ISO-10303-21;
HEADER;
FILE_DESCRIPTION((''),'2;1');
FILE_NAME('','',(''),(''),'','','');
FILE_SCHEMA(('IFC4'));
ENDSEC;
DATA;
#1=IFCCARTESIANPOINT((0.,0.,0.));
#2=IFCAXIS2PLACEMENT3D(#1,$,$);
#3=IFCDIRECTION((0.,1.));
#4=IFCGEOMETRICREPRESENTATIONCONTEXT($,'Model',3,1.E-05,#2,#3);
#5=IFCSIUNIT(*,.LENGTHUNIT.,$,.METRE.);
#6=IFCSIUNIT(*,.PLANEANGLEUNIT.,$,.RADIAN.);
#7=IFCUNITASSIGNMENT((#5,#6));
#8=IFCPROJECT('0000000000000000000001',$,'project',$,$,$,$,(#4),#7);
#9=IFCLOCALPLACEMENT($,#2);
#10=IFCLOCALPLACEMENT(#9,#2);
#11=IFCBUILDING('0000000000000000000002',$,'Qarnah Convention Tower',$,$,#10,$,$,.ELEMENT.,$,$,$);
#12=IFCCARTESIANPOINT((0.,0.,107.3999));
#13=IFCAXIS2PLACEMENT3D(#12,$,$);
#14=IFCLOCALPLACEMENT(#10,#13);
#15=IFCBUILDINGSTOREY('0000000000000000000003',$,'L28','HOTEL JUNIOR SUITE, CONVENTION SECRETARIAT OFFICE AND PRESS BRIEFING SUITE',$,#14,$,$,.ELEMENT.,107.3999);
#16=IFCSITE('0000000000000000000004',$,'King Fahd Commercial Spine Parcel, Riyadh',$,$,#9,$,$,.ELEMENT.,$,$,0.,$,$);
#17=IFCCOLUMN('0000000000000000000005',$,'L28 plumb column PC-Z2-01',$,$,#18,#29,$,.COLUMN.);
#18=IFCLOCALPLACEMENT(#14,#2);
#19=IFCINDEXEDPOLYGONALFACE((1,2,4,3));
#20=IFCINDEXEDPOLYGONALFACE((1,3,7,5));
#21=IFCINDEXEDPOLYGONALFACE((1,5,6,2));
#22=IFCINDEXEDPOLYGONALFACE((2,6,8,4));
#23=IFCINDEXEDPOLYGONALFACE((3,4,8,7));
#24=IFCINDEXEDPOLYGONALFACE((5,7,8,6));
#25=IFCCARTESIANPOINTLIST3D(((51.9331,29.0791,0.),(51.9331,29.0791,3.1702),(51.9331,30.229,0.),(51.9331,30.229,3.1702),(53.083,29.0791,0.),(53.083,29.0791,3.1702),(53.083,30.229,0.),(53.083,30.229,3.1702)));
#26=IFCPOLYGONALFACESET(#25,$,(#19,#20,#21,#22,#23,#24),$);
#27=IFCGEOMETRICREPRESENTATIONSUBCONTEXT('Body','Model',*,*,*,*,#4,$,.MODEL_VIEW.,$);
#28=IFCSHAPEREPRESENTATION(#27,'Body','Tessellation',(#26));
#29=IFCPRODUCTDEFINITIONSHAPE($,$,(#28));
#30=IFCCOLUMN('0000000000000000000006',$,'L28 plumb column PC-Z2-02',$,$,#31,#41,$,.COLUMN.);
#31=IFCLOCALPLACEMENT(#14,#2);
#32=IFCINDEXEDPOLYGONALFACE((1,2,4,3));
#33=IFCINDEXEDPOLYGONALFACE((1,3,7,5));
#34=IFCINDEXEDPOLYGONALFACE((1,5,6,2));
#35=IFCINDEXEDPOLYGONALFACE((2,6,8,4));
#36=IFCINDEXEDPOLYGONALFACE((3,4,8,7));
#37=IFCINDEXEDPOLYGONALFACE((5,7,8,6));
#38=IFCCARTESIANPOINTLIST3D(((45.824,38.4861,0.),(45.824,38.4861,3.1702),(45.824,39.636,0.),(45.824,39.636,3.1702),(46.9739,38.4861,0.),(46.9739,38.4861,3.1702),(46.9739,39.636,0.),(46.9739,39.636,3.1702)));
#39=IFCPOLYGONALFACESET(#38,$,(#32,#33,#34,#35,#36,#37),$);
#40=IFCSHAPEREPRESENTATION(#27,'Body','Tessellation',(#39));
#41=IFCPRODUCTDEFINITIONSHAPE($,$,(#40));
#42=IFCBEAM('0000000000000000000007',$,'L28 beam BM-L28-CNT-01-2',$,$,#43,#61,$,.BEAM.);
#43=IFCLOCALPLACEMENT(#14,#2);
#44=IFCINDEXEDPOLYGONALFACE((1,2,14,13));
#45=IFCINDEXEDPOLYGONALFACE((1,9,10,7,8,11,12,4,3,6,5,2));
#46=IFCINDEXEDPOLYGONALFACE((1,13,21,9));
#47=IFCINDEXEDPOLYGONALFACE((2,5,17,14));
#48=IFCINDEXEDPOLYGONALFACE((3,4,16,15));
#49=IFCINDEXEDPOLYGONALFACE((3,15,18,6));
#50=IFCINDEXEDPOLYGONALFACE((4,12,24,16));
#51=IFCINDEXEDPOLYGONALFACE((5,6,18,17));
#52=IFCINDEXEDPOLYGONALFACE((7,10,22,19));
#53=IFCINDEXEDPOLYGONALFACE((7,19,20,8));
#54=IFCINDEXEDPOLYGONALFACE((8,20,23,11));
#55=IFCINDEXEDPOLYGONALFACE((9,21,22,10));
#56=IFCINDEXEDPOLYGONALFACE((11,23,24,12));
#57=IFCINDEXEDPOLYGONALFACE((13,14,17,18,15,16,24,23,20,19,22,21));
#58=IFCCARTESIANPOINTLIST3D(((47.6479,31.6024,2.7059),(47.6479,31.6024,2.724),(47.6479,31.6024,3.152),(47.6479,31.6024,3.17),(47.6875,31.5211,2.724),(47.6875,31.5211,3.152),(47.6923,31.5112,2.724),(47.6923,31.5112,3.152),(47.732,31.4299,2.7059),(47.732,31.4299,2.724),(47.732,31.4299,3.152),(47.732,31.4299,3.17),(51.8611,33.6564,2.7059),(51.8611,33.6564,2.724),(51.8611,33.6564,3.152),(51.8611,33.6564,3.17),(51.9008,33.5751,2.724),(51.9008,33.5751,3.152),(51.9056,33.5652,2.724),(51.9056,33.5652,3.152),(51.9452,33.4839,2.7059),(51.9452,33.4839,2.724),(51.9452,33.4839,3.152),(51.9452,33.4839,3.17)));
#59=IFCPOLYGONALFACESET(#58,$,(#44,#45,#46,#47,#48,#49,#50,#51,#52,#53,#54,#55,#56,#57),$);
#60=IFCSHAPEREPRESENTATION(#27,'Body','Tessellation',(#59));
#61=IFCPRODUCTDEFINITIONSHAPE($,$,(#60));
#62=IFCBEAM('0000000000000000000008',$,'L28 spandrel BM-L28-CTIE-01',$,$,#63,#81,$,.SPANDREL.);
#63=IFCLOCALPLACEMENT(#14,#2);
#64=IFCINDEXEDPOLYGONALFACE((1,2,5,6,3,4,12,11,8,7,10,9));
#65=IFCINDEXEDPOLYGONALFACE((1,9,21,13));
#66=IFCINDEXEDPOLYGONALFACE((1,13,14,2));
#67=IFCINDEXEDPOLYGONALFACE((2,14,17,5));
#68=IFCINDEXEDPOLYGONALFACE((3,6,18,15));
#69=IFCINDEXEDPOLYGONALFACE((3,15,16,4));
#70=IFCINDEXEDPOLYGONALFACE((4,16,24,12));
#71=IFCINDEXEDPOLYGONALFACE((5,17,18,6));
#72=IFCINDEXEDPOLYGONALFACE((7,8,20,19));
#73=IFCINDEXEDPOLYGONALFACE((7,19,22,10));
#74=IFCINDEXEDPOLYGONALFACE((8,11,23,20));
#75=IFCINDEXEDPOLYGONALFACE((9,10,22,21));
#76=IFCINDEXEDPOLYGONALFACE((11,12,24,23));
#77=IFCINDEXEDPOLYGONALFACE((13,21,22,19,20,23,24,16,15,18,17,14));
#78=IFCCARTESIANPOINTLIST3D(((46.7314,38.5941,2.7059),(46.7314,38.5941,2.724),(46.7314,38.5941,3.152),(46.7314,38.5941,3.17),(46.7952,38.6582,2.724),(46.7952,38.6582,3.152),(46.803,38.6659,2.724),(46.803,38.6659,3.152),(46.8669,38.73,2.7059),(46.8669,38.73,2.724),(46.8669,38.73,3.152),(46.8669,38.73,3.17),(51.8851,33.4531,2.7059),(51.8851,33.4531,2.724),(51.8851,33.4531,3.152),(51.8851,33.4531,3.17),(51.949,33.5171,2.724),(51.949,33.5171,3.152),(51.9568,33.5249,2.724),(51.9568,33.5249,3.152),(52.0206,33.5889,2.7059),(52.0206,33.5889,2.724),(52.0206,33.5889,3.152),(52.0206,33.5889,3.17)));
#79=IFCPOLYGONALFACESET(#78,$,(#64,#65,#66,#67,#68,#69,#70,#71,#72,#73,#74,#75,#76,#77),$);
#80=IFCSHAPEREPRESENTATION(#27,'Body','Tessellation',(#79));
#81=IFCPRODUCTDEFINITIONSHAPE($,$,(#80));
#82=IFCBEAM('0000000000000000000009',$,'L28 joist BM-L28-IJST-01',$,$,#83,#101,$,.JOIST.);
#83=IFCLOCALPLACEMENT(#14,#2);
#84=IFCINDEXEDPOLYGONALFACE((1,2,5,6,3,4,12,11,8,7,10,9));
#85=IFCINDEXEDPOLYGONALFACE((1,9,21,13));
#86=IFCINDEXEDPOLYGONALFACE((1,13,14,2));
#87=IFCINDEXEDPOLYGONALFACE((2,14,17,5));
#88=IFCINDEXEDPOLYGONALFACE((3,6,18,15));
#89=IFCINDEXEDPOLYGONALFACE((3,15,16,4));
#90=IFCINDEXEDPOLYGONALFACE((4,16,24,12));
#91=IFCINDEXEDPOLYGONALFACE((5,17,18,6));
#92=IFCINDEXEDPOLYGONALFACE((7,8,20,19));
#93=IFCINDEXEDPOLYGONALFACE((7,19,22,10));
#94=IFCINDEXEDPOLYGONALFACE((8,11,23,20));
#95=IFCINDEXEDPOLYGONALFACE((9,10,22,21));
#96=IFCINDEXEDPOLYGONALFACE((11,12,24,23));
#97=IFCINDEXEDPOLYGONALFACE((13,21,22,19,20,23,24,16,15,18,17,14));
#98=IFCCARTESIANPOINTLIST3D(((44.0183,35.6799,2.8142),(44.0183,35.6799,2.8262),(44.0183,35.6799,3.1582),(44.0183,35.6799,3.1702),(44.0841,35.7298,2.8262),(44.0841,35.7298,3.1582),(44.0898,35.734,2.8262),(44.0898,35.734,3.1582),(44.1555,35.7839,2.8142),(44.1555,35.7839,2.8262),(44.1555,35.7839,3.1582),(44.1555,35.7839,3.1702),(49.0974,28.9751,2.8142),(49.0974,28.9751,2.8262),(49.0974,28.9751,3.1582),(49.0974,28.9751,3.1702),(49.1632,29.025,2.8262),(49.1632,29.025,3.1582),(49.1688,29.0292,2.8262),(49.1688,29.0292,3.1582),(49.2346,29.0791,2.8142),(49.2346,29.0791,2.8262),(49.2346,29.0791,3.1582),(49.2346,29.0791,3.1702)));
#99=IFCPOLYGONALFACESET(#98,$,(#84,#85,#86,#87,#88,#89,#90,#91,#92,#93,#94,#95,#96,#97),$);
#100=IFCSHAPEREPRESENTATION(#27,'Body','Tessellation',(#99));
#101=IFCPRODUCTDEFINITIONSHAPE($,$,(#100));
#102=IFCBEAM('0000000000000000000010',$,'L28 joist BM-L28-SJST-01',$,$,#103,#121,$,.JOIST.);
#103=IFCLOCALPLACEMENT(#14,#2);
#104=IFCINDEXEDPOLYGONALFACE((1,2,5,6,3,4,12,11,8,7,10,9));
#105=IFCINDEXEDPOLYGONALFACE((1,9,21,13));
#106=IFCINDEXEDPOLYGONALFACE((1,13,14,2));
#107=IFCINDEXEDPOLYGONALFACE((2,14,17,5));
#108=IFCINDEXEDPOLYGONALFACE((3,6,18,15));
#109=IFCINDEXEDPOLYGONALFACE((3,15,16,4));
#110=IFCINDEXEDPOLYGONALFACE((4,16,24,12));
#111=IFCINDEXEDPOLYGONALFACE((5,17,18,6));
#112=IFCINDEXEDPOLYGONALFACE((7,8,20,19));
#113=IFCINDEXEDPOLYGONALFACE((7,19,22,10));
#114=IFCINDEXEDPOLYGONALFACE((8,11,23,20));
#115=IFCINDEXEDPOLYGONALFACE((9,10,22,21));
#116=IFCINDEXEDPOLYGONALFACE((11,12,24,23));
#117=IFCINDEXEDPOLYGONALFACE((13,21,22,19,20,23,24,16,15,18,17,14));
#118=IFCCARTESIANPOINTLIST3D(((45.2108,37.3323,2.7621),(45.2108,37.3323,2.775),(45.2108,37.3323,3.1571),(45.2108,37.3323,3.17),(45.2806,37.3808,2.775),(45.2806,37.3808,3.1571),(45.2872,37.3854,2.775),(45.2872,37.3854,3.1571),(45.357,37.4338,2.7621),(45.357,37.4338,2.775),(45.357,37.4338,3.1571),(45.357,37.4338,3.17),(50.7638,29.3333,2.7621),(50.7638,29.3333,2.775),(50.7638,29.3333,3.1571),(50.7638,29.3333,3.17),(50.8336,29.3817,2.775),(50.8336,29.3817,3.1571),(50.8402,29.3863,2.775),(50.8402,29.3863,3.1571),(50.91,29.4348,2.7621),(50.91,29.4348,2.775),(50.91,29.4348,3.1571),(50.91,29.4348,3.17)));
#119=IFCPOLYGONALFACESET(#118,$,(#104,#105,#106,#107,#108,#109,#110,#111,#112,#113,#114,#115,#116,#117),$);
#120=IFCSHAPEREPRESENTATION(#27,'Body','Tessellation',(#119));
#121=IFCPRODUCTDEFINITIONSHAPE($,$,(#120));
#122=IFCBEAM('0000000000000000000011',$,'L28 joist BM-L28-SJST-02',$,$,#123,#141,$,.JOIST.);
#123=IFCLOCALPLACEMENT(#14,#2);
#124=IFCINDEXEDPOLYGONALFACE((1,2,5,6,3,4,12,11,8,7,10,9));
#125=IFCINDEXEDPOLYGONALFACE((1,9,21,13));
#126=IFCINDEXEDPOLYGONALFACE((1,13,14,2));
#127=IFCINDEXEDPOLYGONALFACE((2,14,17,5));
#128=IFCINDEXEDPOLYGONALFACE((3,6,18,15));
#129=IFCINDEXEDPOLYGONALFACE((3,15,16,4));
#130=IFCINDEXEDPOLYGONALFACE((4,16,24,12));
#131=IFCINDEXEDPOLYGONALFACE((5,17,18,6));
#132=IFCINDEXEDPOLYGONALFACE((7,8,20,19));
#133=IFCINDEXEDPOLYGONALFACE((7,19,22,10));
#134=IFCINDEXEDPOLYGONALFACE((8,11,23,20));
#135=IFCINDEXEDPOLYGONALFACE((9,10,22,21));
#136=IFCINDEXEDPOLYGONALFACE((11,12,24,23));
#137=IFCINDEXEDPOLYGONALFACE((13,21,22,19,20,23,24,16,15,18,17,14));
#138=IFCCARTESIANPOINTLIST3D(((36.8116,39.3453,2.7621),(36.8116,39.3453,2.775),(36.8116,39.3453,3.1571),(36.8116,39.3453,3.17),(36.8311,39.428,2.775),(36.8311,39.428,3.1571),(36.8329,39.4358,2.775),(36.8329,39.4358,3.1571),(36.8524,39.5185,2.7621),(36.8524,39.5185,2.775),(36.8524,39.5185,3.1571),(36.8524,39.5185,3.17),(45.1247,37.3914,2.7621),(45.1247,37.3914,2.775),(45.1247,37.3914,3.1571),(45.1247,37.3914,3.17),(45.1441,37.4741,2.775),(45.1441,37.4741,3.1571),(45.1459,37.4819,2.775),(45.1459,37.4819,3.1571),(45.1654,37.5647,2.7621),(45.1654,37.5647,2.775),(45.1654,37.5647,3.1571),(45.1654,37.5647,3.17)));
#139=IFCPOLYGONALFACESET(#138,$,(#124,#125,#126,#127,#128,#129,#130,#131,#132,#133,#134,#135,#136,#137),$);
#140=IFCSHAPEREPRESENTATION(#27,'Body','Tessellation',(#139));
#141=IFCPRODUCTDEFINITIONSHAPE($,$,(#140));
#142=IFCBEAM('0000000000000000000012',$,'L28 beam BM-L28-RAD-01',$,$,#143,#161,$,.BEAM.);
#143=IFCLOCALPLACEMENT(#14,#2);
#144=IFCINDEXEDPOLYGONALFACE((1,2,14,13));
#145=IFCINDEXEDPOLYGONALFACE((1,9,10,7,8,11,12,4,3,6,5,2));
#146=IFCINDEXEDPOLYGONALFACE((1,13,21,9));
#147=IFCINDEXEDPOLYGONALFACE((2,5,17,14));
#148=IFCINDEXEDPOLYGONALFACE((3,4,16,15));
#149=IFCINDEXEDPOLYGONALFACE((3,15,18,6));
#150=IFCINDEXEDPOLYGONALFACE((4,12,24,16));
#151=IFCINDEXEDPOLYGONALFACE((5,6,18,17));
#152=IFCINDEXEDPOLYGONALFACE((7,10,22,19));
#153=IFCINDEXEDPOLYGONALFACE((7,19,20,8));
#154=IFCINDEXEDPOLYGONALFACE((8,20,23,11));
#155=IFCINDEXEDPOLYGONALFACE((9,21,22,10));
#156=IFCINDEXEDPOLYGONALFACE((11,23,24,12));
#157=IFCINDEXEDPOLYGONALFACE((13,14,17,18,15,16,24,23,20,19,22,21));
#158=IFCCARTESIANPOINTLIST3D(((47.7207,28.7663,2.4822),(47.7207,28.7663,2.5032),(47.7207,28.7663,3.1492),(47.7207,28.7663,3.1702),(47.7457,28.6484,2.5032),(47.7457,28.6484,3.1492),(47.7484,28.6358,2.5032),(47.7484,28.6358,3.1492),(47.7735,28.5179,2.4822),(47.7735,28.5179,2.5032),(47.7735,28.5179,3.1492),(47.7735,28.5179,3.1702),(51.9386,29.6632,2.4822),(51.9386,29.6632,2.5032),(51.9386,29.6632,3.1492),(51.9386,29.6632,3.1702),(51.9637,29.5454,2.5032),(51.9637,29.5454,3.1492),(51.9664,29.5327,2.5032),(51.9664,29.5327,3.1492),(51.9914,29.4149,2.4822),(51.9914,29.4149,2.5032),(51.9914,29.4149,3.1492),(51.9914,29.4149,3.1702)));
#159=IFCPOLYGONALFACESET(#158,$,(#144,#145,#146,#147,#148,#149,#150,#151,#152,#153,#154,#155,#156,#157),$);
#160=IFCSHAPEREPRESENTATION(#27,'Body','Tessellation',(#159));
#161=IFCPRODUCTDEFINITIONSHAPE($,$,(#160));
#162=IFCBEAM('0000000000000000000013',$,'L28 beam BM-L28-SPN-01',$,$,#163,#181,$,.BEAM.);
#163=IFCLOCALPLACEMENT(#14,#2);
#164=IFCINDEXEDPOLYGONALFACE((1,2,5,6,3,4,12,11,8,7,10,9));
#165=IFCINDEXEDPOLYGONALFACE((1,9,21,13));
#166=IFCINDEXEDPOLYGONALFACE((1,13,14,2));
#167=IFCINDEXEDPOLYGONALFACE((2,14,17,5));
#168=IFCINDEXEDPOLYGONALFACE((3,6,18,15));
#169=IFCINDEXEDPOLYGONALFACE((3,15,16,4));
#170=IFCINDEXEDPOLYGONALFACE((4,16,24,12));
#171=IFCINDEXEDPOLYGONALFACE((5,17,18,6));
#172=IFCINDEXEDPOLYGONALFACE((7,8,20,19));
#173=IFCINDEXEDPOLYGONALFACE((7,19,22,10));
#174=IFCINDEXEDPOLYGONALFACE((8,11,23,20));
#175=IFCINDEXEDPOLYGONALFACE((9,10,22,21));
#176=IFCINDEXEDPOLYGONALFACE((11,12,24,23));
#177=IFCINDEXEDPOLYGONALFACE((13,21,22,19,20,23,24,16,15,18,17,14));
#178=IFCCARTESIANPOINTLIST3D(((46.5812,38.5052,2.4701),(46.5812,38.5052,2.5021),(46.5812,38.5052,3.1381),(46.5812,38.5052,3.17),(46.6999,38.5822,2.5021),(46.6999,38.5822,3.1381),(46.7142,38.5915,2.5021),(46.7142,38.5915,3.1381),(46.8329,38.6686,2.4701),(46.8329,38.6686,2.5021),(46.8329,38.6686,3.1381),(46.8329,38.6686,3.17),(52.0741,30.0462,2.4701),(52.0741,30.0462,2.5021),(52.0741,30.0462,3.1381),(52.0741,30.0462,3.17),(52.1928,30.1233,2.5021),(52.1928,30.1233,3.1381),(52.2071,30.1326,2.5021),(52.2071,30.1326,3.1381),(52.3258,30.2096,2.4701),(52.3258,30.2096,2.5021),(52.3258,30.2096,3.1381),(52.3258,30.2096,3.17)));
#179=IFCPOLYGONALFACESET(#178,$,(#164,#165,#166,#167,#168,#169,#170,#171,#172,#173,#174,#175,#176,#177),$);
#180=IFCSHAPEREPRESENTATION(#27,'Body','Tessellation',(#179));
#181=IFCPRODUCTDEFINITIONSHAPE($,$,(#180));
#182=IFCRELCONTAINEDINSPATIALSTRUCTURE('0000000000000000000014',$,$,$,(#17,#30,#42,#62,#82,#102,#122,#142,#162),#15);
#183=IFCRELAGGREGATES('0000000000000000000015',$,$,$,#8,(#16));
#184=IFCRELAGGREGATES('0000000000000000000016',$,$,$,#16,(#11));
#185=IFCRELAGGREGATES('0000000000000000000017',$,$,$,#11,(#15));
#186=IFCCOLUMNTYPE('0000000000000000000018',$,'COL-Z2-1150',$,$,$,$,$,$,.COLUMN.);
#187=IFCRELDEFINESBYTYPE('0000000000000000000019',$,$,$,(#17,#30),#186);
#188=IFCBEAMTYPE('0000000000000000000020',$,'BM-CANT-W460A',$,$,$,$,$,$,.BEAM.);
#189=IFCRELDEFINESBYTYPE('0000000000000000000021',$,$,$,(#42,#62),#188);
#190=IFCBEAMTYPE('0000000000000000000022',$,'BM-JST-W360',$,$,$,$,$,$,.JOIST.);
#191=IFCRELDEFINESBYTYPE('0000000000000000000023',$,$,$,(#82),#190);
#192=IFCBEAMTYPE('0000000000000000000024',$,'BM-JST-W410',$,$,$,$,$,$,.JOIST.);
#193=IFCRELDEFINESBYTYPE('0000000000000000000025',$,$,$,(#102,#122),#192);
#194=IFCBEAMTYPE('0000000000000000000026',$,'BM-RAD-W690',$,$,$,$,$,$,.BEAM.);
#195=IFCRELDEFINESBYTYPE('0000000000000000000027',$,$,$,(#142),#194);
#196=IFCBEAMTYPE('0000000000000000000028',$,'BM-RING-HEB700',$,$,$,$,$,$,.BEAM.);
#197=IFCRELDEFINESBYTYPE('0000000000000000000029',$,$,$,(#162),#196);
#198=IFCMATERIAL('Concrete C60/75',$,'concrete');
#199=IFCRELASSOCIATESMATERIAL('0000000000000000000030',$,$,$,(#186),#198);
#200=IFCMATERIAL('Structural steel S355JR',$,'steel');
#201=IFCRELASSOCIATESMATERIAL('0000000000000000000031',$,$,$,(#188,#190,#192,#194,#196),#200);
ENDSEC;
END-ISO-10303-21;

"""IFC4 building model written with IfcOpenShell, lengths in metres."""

from ifc_helpers import new_model, si_unit, direction, frame, origin, origin_2d, place, context, subcontext, project, spatial, rectangle, i_section, extrude, material, material_profile, profile_set, type_object, element, save


model = new_model("IFC4")

# Units and contexts
model_context = context("Model", 3, precision=1e-05, world=origin(), true_north=direction((0.0, 1.0)))
body_context = subcontext(model_context, "Body", "Model", "MODEL_VIEW")
ifc_project = project(units=[si_unit("LENGTHUNIT", "METRE"), si_unit("PLANEANGLEUNIT", "RADIAN")], contexts=[model_context])

# Site, building, storey
site_placement = place(None, origin())
site = spatial("IfcSite", under=ifc_project, at=site_placement, Name="King Fahd Commercial Spine Parcel, Riyadh", CompositionType="ELEMENT", RefElevation=0.0)
building_placement = place(site_placement, origin())
building = spatial("IfcBuilding", under=site, at=building_placement, Name="Qarnah Convention Tower", CompositionType="ELEMENT")
storey_placement = place(building_placement, frame((0.0, 0.0, 107.3999)))
storey = spatial("IfcBuildingStorey", under=building, at=storey_placement, Name="L28", Description="HOTEL JUNIOR SUITE, CONVENTION SECRETARIAT OFFICE AND PRESS BRIEFING SUITE", CompositionType="ELEMENT", Elevation=107.3999)

# Columns
ifc_material_1 = material(Name="Concrete C60/75", Category="concrete")
ifc_material_profile_1 = material_profile(ifc_material_1, rectangle(XDim=1.1499, YDim=1.1499, at=origin_2d()), Name="RC-COL-1150X1150")
ifc_profile_set_1 = profile_set([ifc_material_profile_1], Name="Concrete C60/75")
column_type = type_object("IfcColumnType", Name="COL-Z2-1150", PredefinedType="COLUMN", material=ifc_profile_set_1)
for number, where, z_axis, x_axis, name in (
    (1, (52.5081, 29.6541, 0.0), (0.0, 0.0, 1.0), (1.0, 0.0, 0.0), "L28 plumb column PC-Z2-01"),
    (2, (46.3989, 39.061, 0.0), (0.0, 0.0, 1.0), (1.0, 0.0, 0.0), "L28 plumb column PC-Z2-02"),
):
    element("IfcColumn", number, at=place(storey_placement, frame(where, z_axis=z_axis, x_axis=x_axis)), inside=storey, type_object=column_type, Name=name, PredefinedType="COLUMN", context=body_context, shape_type="SweptSolid", body=[
        extrude(rectangle(XDim=1.1499, YDim=1.1499, at=origin_2d()), origin(), (0.0, 0.0, 1.0), 3.1702),
    ])

# Beams
ifc_material_2 = material(Name="Structural steel S355JR", Category="steel")
ifc_material_profile_2 = material_profile(ifc_material_2, i_section(OverallWidth=0.1919, OverallDepth=0.4641, WebThickness=0.011, FlangeThickness=0.0181, at=origin_2d()), Name="W460X89")
ifc_profile_set_2 = profile_set([ifc_material_profile_2], Name="Structural steel S355JR")
beam_type_1 = type_object("IfcBeamType", Name="BM-CANT-W460A", PredefinedType="BEAM", material=ifc_profile_set_2)
beam_1_placement = place(storey_placement, frame((47.6899, 31.5161, 2.938), z_axis=(0.898872, 0.438211, 0.0), x_axis=(-0.438211, 0.898872, 0.0)))
element("IfcBeam", 3, at=beam_1_placement, inside=storey, type_object=beam_type_1, Name="L28 beam BM-L28-CNT-01-2", PredefinedType="BEAM", context=body_context, shape_type="SweptSolid", body=[
    extrude(i_section(OverallWidth=0.1919, OverallDepth=0.4641, WebThickness=0.011, FlangeThickness=0.0181, at=origin_2d()), origin(), (0.0, 0.0, 1.0), 4.6873),
])
beam_2_placement = place(storey_placement, frame((51.9529, 33.521, 2.938), z_axis=(-0.707978, 0.706234, 0.0), x_axis=(-0.706234, -0.707978, 0.0)))
element("IfcBeam", 4, at=beam_2_placement, inside=storey, type_object=beam_type_1, Name="L28 spandrel BM-L28-CTIE-01", PredefinedType="SPANDREL", context=body_context, shape_type="SweptSolid", body=[
    extrude(i_section(OverallWidth=0.1919, OverallDepth=0.4641, WebThickness=0.011, FlangeThickness=0.0181, at=origin_2d()), origin(), (0.0, 0.0, 1.0), 7.2795),
])
ifc_material_profile_3 = material_profile(ifc_material_2, i_section(OverallWidth=0.1721, OverallDepth=0.356, WebThickness=0.0071, FlangeThickness=0.012, at=origin_2d()), Name="W360X51")
ifc_profile_set_3 = profile_set([ifc_material_profile_3], Name="Structural steel S355JR")
beam_type_2 = type_object("IfcBeamType", Name="BM-JST-W360", PredefinedType="JOIST", material=ifc_profile_set_3)
beam_3_placement = place(storey_placement, frame((49.166, 29.0271, 2.9922), z_axis=(-0.603834, 0.79711, 0.0), x_axis=(-0.79711, -0.603834, 0.0)))
element("IfcBeam", 5, at=beam_3_placement, inside=storey, type_object=beam_type_2, Name="L28 joist BM-L28-IJST-01", PredefinedType="JOIST", context=body_context, shape_type="SweptSolid", body=[
    extrude(i_section(OverallWidth=0.1721, OverallDepth=0.356, WebThickness=0.0071, FlangeThickness=0.012, at=origin_2d()), origin(), (0.0, 0.0, 1.0), 8.4114),
])
ifc_material_profile_4 = material_profile(ifc_material_2, i_section(OverallWidth=0.178, OverallDepth=0.408, WebThickness=0.0081, FlangeThickness=0.0129, at=origin_2d()), Name="W410X60")
ifc_profile_set_4 = profile_set([ifc_material_profile_4], Name="Structural steel S355JR")
beam_type_3 = type_object("IfcBeamType", Name="BM-JST-W410", PredefinedType="JOIST", material=ifc_profile_set_4)
beam_4_placement = place(storey_placement, frame((50.8369, 29.384, 2.9661), z_axis=(-0.570264, 0.821461, 0.0), x_axis=(-0.821461, -0.570264, 0.0)))
element("IfcBeam", 6, at=beam_4_placement, inside=storey, type_object=beam_type_3, Name="L28 joist BM-L28-SJST-01", PredefinedType="JOIST", context=body_context, shape_type="SweptSolid", body=[
    extrude(i_section(OverallWidth=0.178, OverallDepth=0.408, WebThickness=0.0081, FlangeThickness=0.0129, at=origin_2d()), origin(), (0.0, 0.0, 1.0), 9.7375),
])
beam_5_placement = place(storey_placement, frame((45.145, 37.478, 2.9661), z_axis=(-0.973473, 0.228802, 0.0), x_axis=(-0.228802, -0.973473, 0.0)))
element("IfcBeam", 7, at=beam_5_placement, inside=storey, type_object=beam_type_3, Name="L28 joist BM-L28-SJST-02", PredefinedType="JOIST", context=body_context, shape_type="SweptSolid", body=[
    extrude(i_section(OverallWidth=0.178, OverallDepth=0.408, WebThickness=0.0081, FlangeThickness=0.0129, at=origin_2d()), origin(), (0.0, 0.0, 1.0), 8.5396),
])
ifc_material_profile_5 = material_profile(ifc_material_2, i_section(OverallWidth=0.2539, OverallDepth=0.688, WebThickness=0.0129, FlangeThickness=0.021, at=origin_2d()), Name="W690X152")
ifc_profile_set_5 = profile_set([ifc_material_profile_5], Name="Structural steel S355JR")
beam_type_4 = type_object("IfcBeamType", Name="BM-RAD-W690", PredefinedType="BEAM", material=ifc_profile_set_5)
beam_6_placement = place(storey_placement, frame((47.7471, 28.6421, 2.8262), z_axis=(0.978128, 0.208002, 0.0), x_axis=(-0.208002, 0.978128, 0.0)))
element("IfcBeam", 8, at=beam_6_placement, inside=storey, type_object=beam_type_4, Name="L28 beam BM-L28-RAD-01", PredefinedType="BEAM", context=body_context, shape_type="SweptSolid", body=[
    extrude(i_section(OverallWidth=0.2539, OverallDepth=0.688, WebThickness=0.0129, FlangeThickness=0.021, at=origin_2d()), origin(), (0.0, 0.0, 1.0), 4.3123),
])
ifc_material_profile_6 = material_profile(ifc_material_2, i_section(OverallWidth=0.3, OverallDepth=0.7, WebThickness=0.0171, FlangeThickness=0.032, at=origin_2d()), Name="HEB700")
ifc_profile_set_6 = profile_set([ifc_material_profile_6], Name="Structural steel S355JR")
beam_type_5 = type_object("IfcBeamType", Name="BM-RING-HEB700", PredefinedType="BEAM", material=ifc_profile_set_6)
beam_7_placement = place(storey_placement, frame((52.2, 30.1279, 2.8201), z_axis=(-0.544611, 0.838689, 0.0), x_axis=(-0.838689, -0.544611, 0.0)))
element("IfcBeam", 9, at=beam_7_placement, inside=storey, type_object=beam_type_5, Name="L28 beam BM-L28-SPN-01", PredefinedType="BEAM", context=body_context, shape_type="SweptSolid", body=[
    extrude(i_section(OverallWidth=0.3, OverallDepth=0.7, WebThickness=0.0171, FlangeThickness=0.032, at=origin_2d()), origin(), (0.0, 0.0, 1.0), 10.0859),
])

save(model, "model.ifc")
